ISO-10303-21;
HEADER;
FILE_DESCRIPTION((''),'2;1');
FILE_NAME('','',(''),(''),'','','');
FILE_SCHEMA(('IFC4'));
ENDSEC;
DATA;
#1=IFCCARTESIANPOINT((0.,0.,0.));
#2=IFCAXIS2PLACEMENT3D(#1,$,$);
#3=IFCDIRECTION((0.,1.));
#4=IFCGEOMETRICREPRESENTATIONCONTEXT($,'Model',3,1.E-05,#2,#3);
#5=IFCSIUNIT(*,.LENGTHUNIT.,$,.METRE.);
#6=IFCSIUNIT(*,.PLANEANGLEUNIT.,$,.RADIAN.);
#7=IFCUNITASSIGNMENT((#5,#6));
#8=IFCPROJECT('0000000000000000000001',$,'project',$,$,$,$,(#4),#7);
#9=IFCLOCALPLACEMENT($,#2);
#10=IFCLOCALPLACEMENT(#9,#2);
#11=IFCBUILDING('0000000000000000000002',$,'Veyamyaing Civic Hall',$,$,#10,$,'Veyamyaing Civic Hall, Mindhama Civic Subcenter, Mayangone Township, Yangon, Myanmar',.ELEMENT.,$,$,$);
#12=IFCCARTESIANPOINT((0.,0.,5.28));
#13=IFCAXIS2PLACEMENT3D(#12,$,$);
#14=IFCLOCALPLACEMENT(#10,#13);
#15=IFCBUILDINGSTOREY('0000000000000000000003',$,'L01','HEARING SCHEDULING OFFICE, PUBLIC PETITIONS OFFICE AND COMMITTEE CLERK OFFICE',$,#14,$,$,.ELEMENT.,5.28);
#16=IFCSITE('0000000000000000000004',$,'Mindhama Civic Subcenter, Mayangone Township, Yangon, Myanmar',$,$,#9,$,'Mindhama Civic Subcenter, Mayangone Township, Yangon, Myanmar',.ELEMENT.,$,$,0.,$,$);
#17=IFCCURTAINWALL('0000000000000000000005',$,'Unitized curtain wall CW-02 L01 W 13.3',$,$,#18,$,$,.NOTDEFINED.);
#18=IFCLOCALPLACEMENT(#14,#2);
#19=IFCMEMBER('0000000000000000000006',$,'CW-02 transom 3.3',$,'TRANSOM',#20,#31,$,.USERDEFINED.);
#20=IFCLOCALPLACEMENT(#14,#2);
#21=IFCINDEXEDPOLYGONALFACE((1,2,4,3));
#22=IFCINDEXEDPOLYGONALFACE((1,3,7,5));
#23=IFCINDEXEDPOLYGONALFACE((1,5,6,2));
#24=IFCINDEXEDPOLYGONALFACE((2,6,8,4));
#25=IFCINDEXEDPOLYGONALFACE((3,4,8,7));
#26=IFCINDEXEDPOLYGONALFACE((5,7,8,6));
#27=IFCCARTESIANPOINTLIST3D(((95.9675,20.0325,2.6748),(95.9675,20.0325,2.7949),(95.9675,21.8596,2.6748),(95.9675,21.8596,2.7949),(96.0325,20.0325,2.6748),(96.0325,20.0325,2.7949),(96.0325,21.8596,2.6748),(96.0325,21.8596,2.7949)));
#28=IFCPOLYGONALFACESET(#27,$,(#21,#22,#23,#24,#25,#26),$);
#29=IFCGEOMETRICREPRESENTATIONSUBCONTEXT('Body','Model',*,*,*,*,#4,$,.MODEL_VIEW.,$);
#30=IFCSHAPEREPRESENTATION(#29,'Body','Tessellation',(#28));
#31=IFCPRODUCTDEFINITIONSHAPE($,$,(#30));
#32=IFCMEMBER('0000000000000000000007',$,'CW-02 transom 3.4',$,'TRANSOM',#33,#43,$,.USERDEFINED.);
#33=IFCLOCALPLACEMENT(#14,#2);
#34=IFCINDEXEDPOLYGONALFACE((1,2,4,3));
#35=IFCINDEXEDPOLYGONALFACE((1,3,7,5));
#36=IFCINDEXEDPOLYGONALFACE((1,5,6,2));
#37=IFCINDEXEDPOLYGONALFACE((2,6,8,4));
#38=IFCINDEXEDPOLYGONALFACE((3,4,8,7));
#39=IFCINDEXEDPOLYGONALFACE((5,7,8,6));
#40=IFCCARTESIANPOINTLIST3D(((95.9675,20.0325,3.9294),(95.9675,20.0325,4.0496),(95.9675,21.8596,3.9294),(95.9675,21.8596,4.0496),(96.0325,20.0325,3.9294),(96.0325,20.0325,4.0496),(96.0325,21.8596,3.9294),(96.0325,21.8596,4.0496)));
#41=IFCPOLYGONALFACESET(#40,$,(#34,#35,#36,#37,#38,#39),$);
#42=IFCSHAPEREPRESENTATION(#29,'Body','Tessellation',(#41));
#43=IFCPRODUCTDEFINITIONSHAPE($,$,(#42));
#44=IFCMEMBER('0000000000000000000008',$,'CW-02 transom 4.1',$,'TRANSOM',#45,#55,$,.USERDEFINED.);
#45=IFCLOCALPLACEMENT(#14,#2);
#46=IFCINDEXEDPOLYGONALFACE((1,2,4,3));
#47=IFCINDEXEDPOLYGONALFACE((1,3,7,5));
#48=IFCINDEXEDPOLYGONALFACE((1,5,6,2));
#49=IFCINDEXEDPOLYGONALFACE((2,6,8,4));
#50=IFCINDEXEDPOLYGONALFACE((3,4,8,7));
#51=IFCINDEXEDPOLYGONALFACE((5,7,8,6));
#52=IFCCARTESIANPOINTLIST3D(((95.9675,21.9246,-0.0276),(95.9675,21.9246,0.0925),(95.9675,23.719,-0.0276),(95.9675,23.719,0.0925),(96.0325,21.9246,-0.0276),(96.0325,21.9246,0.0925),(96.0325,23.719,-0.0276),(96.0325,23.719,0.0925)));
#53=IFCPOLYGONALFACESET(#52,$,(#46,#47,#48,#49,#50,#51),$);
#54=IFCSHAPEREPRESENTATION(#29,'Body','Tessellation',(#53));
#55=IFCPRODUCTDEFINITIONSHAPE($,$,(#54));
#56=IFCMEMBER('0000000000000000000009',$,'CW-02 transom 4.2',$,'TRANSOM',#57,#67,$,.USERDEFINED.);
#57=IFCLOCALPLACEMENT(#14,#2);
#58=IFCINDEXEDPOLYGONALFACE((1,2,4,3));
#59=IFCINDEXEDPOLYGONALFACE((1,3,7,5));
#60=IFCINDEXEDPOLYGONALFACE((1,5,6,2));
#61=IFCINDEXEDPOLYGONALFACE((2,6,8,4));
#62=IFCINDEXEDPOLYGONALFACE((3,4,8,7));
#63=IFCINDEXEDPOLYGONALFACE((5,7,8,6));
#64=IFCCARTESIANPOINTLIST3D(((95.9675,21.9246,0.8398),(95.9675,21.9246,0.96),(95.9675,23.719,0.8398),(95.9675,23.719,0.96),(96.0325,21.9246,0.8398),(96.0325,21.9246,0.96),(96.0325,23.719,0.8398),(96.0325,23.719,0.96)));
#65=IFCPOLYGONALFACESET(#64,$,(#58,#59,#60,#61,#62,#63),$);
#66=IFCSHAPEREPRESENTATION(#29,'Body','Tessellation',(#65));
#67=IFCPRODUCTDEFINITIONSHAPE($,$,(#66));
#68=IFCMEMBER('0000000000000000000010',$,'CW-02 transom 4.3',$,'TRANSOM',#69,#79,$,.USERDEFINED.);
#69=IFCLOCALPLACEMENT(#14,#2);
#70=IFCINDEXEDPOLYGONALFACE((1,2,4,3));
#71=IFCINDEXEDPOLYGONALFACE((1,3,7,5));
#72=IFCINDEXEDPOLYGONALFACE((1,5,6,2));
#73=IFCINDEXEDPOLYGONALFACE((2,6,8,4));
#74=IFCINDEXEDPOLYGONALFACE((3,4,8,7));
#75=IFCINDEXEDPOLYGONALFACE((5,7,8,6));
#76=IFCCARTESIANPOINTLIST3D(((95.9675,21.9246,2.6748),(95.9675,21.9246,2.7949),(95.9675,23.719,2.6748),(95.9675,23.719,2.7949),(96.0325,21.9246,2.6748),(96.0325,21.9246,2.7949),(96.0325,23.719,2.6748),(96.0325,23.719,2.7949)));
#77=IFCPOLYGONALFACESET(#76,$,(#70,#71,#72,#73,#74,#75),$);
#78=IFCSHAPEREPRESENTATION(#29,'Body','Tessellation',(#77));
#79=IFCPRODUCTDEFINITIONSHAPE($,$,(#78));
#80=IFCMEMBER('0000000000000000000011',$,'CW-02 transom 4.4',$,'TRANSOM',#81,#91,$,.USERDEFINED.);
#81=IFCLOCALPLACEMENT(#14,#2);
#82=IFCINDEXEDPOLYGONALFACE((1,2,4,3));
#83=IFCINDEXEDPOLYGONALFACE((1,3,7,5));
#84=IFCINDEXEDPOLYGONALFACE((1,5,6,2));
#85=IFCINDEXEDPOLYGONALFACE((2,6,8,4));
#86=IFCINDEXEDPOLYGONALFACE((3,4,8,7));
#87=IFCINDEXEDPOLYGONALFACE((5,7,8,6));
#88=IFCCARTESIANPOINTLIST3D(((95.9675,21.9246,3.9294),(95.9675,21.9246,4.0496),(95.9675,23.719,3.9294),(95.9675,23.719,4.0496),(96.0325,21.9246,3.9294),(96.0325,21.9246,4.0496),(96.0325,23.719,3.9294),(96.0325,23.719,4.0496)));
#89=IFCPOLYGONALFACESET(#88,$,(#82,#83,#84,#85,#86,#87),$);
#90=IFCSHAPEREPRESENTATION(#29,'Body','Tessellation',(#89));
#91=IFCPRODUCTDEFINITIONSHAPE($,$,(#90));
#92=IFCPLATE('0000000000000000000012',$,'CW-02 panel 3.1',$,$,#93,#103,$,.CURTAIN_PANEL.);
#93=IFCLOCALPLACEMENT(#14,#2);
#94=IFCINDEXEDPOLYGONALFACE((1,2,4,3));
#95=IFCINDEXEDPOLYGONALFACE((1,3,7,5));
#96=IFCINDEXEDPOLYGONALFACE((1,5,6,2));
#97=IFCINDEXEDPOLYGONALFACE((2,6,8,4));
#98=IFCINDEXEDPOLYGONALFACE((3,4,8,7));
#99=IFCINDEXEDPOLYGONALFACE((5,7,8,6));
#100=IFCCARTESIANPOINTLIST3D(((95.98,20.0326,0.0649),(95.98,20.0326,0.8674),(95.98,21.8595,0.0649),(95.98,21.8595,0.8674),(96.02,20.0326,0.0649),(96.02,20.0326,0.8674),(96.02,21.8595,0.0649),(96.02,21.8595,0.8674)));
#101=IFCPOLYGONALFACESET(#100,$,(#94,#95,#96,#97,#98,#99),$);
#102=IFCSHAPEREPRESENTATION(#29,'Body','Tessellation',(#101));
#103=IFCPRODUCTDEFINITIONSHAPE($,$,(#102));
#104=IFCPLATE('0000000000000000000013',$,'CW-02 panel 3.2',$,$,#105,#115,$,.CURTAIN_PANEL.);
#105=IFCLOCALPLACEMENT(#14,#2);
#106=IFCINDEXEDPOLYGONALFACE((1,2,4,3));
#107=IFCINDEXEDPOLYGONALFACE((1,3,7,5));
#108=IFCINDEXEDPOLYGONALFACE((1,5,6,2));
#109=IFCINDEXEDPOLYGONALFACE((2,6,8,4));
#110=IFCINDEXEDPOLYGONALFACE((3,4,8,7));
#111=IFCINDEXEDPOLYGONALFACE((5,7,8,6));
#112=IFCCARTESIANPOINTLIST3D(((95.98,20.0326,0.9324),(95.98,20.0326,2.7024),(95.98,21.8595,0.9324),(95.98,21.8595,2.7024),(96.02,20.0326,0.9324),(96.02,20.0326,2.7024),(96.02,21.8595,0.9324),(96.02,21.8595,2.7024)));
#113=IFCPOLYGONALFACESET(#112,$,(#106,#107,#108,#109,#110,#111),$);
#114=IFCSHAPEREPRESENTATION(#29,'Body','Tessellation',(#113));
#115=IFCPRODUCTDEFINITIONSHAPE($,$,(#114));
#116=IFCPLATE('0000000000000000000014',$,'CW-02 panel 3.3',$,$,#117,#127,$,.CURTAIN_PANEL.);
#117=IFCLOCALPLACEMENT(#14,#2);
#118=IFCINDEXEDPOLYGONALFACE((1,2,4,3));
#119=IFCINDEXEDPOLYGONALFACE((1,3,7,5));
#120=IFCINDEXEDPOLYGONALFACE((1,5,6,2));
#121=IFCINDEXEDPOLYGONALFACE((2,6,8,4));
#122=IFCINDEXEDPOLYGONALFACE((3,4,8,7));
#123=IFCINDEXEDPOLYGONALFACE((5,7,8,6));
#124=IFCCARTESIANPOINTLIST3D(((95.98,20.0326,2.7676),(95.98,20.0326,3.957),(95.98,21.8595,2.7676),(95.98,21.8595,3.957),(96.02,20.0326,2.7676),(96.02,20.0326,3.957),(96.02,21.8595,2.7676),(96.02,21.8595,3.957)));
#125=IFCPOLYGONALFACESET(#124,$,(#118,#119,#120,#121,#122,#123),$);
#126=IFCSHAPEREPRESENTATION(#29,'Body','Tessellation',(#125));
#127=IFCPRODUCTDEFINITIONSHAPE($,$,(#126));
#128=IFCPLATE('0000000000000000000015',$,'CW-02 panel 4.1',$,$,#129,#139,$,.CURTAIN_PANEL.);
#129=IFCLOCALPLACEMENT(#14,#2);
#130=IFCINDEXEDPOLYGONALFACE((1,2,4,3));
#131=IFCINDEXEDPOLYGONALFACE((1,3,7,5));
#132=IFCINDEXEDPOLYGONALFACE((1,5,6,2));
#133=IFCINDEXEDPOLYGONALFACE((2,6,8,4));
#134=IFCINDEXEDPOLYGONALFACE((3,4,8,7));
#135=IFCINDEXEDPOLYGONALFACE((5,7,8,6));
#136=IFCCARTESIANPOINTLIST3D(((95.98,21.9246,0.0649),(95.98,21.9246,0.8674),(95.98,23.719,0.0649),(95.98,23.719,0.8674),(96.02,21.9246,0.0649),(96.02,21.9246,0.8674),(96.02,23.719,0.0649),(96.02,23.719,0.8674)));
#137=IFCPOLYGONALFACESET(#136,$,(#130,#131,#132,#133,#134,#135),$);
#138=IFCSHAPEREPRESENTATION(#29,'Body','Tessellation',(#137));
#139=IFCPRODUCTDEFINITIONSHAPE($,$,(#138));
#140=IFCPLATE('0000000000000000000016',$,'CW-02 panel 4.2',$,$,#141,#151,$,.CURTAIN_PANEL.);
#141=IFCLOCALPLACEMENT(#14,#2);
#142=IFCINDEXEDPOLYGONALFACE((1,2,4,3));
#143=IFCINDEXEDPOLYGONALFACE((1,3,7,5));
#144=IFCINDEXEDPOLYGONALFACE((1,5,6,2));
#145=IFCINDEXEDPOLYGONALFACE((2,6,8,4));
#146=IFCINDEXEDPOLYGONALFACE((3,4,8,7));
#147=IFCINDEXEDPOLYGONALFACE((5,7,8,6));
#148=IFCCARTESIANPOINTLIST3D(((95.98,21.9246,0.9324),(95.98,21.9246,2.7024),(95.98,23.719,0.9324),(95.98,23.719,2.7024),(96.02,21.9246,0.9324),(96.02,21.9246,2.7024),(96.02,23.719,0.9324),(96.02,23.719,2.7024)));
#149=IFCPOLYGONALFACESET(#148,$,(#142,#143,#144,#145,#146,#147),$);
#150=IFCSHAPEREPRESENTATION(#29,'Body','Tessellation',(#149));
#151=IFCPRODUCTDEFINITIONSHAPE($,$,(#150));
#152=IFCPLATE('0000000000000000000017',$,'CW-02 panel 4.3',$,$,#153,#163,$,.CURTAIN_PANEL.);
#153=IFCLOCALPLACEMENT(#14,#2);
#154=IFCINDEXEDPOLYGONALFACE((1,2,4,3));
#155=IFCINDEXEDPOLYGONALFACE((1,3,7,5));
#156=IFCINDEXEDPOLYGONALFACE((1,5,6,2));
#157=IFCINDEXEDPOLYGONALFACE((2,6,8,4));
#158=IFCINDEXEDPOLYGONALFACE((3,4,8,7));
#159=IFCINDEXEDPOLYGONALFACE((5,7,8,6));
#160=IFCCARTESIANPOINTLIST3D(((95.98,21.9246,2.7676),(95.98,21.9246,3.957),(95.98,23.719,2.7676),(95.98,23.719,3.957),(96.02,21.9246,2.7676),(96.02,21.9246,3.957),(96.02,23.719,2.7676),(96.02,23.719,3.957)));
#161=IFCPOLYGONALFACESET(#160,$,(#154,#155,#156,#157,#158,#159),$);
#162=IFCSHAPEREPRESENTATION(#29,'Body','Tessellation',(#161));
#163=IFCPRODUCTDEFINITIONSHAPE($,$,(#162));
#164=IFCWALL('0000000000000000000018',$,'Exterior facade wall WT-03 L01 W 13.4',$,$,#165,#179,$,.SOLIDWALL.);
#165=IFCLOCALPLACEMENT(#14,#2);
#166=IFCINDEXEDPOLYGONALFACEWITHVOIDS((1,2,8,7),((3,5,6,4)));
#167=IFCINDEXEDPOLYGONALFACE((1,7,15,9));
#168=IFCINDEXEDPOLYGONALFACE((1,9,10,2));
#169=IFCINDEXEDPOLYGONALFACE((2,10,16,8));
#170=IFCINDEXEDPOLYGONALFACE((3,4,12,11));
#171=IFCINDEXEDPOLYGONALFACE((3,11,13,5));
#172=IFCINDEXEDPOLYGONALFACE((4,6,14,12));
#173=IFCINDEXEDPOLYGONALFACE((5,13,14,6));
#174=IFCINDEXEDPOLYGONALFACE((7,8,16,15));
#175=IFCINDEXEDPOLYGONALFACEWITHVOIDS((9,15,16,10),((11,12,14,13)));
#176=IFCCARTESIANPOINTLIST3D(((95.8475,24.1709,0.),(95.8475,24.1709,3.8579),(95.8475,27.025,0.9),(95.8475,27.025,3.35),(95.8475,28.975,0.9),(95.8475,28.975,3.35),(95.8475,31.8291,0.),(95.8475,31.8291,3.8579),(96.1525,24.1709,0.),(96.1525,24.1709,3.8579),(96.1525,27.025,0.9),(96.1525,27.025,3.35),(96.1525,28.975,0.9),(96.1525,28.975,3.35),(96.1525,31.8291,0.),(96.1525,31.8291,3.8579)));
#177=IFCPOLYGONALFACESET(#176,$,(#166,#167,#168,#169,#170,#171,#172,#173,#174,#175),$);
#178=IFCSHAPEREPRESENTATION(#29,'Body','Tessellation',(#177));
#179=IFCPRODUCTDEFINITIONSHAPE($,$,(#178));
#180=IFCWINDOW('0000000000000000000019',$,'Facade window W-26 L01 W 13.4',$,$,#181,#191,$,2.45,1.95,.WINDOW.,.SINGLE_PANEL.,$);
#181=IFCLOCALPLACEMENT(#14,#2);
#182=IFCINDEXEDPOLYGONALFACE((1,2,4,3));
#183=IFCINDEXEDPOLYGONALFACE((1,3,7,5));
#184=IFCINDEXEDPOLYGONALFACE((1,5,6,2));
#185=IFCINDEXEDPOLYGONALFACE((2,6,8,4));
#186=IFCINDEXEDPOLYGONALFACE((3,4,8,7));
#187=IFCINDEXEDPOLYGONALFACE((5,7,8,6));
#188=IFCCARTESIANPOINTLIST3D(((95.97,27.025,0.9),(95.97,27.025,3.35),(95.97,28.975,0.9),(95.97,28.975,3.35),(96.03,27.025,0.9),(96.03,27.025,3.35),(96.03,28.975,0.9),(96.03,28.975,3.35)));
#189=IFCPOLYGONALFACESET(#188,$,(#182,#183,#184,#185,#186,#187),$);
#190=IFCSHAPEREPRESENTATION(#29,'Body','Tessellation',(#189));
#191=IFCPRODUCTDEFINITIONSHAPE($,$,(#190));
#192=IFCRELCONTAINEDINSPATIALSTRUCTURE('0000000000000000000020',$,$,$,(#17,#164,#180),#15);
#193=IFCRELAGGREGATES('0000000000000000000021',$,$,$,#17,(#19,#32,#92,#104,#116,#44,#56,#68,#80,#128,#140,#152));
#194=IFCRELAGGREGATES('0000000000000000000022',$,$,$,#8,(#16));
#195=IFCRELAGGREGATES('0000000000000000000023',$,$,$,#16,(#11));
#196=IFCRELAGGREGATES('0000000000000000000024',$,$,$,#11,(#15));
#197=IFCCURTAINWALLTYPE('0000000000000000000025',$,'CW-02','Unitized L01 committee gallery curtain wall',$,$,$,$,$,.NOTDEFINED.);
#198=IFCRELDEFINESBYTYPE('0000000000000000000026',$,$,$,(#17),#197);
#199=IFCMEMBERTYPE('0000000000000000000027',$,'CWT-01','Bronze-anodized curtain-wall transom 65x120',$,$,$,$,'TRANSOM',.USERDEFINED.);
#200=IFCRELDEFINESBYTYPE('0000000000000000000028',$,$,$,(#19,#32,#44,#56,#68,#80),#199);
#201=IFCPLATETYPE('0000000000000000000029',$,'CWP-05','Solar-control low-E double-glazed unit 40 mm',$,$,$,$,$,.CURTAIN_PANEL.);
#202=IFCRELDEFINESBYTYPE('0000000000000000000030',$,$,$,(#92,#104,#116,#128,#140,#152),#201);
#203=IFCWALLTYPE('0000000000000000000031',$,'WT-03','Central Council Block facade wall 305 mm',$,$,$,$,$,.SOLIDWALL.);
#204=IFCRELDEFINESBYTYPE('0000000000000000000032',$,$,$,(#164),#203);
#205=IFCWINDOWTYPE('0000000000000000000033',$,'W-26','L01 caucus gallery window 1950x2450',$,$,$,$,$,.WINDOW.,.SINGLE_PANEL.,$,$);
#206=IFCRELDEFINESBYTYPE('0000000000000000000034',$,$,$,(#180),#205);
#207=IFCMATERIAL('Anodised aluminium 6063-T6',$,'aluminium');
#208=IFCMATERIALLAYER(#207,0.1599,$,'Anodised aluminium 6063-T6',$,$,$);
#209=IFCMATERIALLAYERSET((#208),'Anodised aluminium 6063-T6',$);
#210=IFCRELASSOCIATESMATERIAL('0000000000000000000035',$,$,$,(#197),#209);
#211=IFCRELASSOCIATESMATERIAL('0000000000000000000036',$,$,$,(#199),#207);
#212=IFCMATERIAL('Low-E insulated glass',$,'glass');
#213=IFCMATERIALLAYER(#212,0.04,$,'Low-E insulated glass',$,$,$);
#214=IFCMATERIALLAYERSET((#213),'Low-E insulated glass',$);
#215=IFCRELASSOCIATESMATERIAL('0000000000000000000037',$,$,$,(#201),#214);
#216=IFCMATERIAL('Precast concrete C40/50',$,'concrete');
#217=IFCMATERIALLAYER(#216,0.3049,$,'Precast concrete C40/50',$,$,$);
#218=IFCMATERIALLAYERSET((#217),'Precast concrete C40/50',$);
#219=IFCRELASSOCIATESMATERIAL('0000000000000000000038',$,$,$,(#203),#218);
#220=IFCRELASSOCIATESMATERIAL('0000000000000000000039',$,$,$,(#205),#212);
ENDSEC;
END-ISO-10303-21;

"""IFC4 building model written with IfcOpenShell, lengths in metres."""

from ifc_helpers import new_model, si_unit, direction, frame, frame_2d, origin, origin_2d, place, context, subcontext, project, spatial, rectangle, extrude, material, layer, layer_set, material_profile, profile_set, type_object, element, fill, aggregate, save


model = new_model("IFC4")

# Units and contexts
model_context = context("Model", 3, precision=1e-05, world=origin(), true_north=direction((0.0, 1.0)))
body_context = subcontext(model_context, "Body", "Model", "MODEL_VIEW")
ifc_project = project(units=[si_unit("LENGTHUNIT", "METRE"), si_unit("PLANEANGLEUNIT", "RADIAN")], contexts=[model_context])

# Site, building, storey
site_placement = place(None, origin())
site = spatial("IfcSite", under=ifc_project, at=site_placement, Name="Mindhama Civic Subcenter, Mayangone Township, Yangon, Myanmar", LongName="Mindhama Civic Subcenter, Mayangone Township, Yangon, Myanmar", CompositionType="ELEMENT", RefElevation=0.0)
building_placement = place(site_placement, origin())
building = spatial("IfcBuilding", under=site, at=building_placement, Name="Veyamyaing Civic Hall", LongName="Veyamyaing Civic Hall, Mindhama Civic Subcenter, Mayangone Township, Yangon, Myanmar", CompositionType="ELEMENT")
storey_placement = place(building_placement, frame((0.0, 0.0, 5.28)))
storey = spatial("IfcBuildingStorey", under=building, at=storey_placement, Name="L01", Description="HEARING SCHEDULING OFFICE, PUBLIC PETITIONS OFFICE AND COMMITTEE CLERK OFFICE", CompositionType="ELEMENT", Elevation=5.28)

# Curtain wall, members, plates
ifc_material_1 = material(Name="Anodised aluminium 6063-T6", Category="aluminium")
ifc_layer_1 = layer(ifc_material_1, 0.1599, Name="Anodised aluminium 6063-T6")
ifc_layer_set_1 = layer_set([ifc_layer_1], Name="Anodised aluminium 6063-T6")
curtain_wall_type = type_object("IfcCurtainWallType", Name="CW-02", Description="Unitized L01 committee gallery curtain wall", PredefinedType="NOTDEFINED", material=ifc_layer_set_1)
curtain_wall_placement = place(storey_placement, origin())
curtain_wall = element("IfcCurtainWall", 1, at=curtain_wall_placement, inside=storey, type_object=curtain_wall_type, Name="Unitized curtain wall CW-02 L01 W 13.3", PredefinedType="NOTDEFINED")
ifc_material_profile_1 = material_profile(ifc_material_1, rectangle(XDim=0.0649, YDim=0.1201, at=origin_2d()), Name="ALU-TRN-65X120")
ifc_profile_set_1 = profile_set([ifc_material_profile_1], Name="Anodised aluminium 6063-T6")
member_type_1 = type_object("IfcMemberType", Name="CWT-01", Description="Bronze-anodized curtain-wall transom 65x120", ElementType="TRANSOM", PredefinedType="USERDEFINED", material=ifc_profile_set_1)
member_1_placement = place(storey_placement, frame((96.0, 20.0325, 2.7349), z_axis=(0.0, 1.0, 0.0), x_axis=(-1.0, 0.0, 0.0)))
member_1 = element("IfcMember", 2, at=member_1_placement, type_object=member_type_1, Name="CW-02 transom 3.3", ObjectType="TRANSOM", PredefinedType="USERDEFINED", context=body_context, shape_type="SweptSolid", body=[
    extrude(rectangle(XDim=0.0649, YDim=0.1201, at=origin_2d()), origin(), (0.0, 0.0, 1.0), 1.8271),
])
member_2_placement = place(storey_placement, frame((96.0, 20.0325, 3.9895), z_axis=(0.0, 1.0, 0.0), x_axis=(-1.0, 0.0, 0.0)))
member_2 = element("IfcMember", 3, at=member_2_placement, type_object=member_type_1, Name="CW-02 transom 3.4", ObjectType="TRANSOM", PredefinedType="USERDEFINED", context=body_context, shape_type="SweptSolid", body=[
    extrude(rectangle(XDim=0.0649, YDim=0.1201, at=origin_2d()), origin(), (0.0, 0.0, 1.0), 1.8271),
])
member_3_placement = place(storey_placement, frame((96.0, 21.9246, 0.0325), z_axis=(0.0, 1.0, 0.0), x_axis=(-1.0, 0.0, 0.0)))
member_3 = element("IfcMember", 4, at=member_3_placement, type_object=member_type_1, Name="CW-02 transom 4.1", ObjectType="TRANSOM", PredefinedType="USERDEFINED", context=body_context, shape_type="SweptSolid", body=[
    extrude(rectangle(XDim=0.0649, YDim=0.1201, at=origin_2d()), origin(), (0.0, 0.0, 1.0), 1.7944),
])
member_4_placement = place(storey_placement, frame((96.0, 21.9246, 0.8999), z_axis=(0.0, 1.0, 0.0), x_axis=(-1.0, 0.0, 0.0)))
member_4 = element("IfcMember", 5, at=member_4_placement, type_object=member_type_1, Name="CW-02 transom 4.2", ObjectType="TRANSOM", PredefinedType="USERDEFINED", context=body_context, shape_type="SweptSolid", body=[
    extrude(rectangle(XDim=0.0649, YDim=0.1201, at=origin_2d()), origin(), (0.0, 0.0, 1.0), 1.7944),
])
member_5_placement = place(storey_placement, frame((96.0, 21.9246, 2.7349), z_axis=(0.0, 1.0, 0.0), x_axis=(-1.0, 0.0, 0.0)))
member_5 = element("IfcMember", 6, at=member_5_placement, type_object=member_type_1, Name="CW-02 transom 4.3", ObjectType="TRANSOM", PredefinedType="USERDEFINED", context=body_context, shape_type="SweptSolid", body=[
    extrude(rectangle(XDim=0.0649, YDim=0.1201, at=origin_2d()), origin(), (0.0, 0.0, 1.0), 1.7944),
])
member_6_placement = place(storey_placement, frame((96.0, 21.9246, 3.9895), z_axis=(0.0, 1.0, 0.0), x_axis=(-1.0, 0.0, 0.0)))
member_6 = element("IfcMember", 7, at=member_6_placement, type_object=member_type_1, Name="CW-02 transom 4.4", ObjectType="TRANSOM", PredefinedType="USERDEFINED", context=body_context, shape_type="SweptSolid", body=[
    extrude(rectangle(XDim=0.0649, YDim=0.1201, at=origin_2d()), origin(), (0.0, 0.0, 1.0), 1.7944),
])
ifc_material_2 = material(Name="Low-E insulated glass", Category="glass")
ifc_layer_2 = layer(ifc_material_2, 0.04, Name="Low-E insulated glass")
ifc_layer_set_2 = layer_set([ifc_layer_2], Name="Low-E insulated glass")
plate_type = type_object("IfcPlateType", Name="CWP-05", Description="Solar-control low-E double-glazed unit 40 mm", PredefinedType="CURTAIN_PANEL", material=ifc_layer_set_2)
plate_1_placement = place(storey_placement, frame((96.0, 20.946, 0.0649), z_axis=(0.0, 0.0, 1.0), x_axis=(0.0, 1.0, 0.0)))
plate_1 = element("IfcPlate", 8, at=plate_1_placement, type_object=plate_type, Name="CW-02 panel 3.1", PredefinedType="CURTAIN_PANEL", context=body_context, shape_type="SweptSolid", body=[
    extrude(rectangle(XDim=1.8269, YDim=0.04, at=origin_2d()), origin(), (0.0, 0.0, 1.0), 0.8025),
])
plate_2_placement = place(storey_placement, frame((96.0, 20.946, 0.9324), z_axis=(0.0, 0.0, 1.0), x_axis=(0.0, 1.0, 0.0)))
plate_2 = element("IfcPlate", 9, at=plate_2_placement, type_object=plate_type, Name="CW-02 panel 3.2", PredefinedType="CURTAIN_PANEL", context=body_context, shape_type="SweptSolid", body=[
    extrude(rectangle(XDim=1.8269, YDim=0.04, at=origin_2d()), origin(), (0.0, 0.0, 1.0), 1.77),
])
plate_3_placement = place(storey_placement, frame((96.0, 20.946, 2.7676), z_axis=(0.0, 0.0, 1.0), x_axis=(0.0, 1.0, 0.0)))
plate_3 = element("IfcPlate", 10, at=plate_3_placement, type_object=plate_type, Name="CW-02 panel 3.3", PredefinedType="CURTAIN_PANEL", context=body_context, shape_type="SweptSolid", body=[
    extrude(rectangle(XDim=1.8269, YDim=0.04, at=origin_2d()), origin(), (0.0, 0.0, 1.0), 1.1895),
])
plate_4_placement = place(storey_placement, frame((96.0, 22.8218, 0.0649), z_axis=(0.0, 0.0, 1.0), x_axis=(0.0, 1.0, 0.0)))
plate_4 = element("IfcPlate", 11, at=plate_4_placement, type_object=plate_type, Name="CW-02 panel 4.1", PredefinedType="CURTAIN_PANEL", context=body_context, shape_type="SweptSolid", body=[
    extrude(rectangle(XDim=1.7944, YDim=0.04, at=origin_2d()), origin(), (0.0, 0.0, 1.0), 0.8025),
])
plate_5_placement = place(storey_placement, frame((96.0, 22.8218, 0.9324), z_axis=(0.0, 0.0, 1.0), x_axis=(0.0, 1.0, 0.0)))
plate_5 = element("IfcPlate", 12, at=plate_5_placement, type_object=plate_type, Name="CW-02 panel 4.2", PredefinedType="CURTAIN_PANEL", context=body_context, shape_type="SweptSolid", body=[
    extrude(rectangle(XDim=1.7944, YDim=0.04, at=origin_2d()), origin(), (0.0, 0.0, 1.0), 1.77),
])
plate_6_placement = place(storey_placement, frame((96.0, 22.8218, 2.7676), z_axis=(0.0, 0.0, 1.0), x_axis=(0.0, 1.0, 0.0)))
plate_6 = element("IfcPlate", 13, at=plate_6_placement, type_object=plate_type, Name="CW-02 panel 4.3", PredefinedType="CURTAIN_PANEL", context=body_context, shape_type="SweptSolid", body=[
    extrude(rectangle(XDim=1.7944, YDim=0.04, at=origin_2d()), origin(), (0.0, 0.0, 1.0), 1.1895),
])
aggregate(curtain_wall, [member_1, member_2, plate_1, plate_2, plate_3, member_3, member_4, member_5, member_6, plate_4, plate_5, plate_6])

# Wall, opening, window
ifc_material_3 = material(Name="Precast concrete C40/50", Category="concrete")
ifc_layer_3 = layer(ifc_material_3, 0.3049, Name="Precast concrete C40/50")
ifc_layer_set_3 = layer_set([ifc_layer_3], Name="Precast concrete C40/50")
wall_type = type_object("IfcWallType", Name="WT-03", Description="Central Council Block facade wall 305 mm", PredefinedType="SOLIDWALL", material=ifc_layer_set_3)
wall_placement = place(storey_placement, frame((96.0, 24.1709, 0.0), z_axis=(0.0, 0.0, 1.0), x_axis=(0.0, 1.0, 0.0)))
wall = element("IfcWall", 14, at=wall_placement, inside=storey, type_object=wall_type, Name="Exterior facade wall WT-03 L01 W 13.4", PredefinedType="SOLIDWALL", context=body_context, shape_type="SweptSolid", body=[
    extrude(rectangle(XDim=7.6582, YDim=0.3049, at=frame_2d((3.8291, 0.0))), origin(), (0.0, 0.0, 1.0), 3.8579),
])
opening_placement = place(wall_placement, frame((2.854, 0.0, 0.8999)))
opening = element("IfcOpeningElement", 15, at=opening_placement, cuts=wall, PredefinedType="OPENING", context=body_context, shape_type="SweptSolid", body=[
    extrude(rectangle(XDim=1.95, YDim=2.45, at=frame_2d((0.9751, 1.2251))), frame((0.0, 0.1624, 0.0), z_axis=(0.0, -1.0, 0.0), x_axis=(1.0, 0.0, 0.0)), (0.0, 0.0, 1.0), 0.325),
])
window_type = type_object("IfcWindowType", Name="W-26", Description="L01 caucus gallery window 1950x2450", PartitioningType="SINGLE_PANEL", PredefinedType="WINDOW", material=ifc_material_2)
window_placement = place(opening_placement, origin())
window = element("IfcWindow", 16, at=window_placement, inside=storey, type_object=window_type, Name="Facade window W-26 L01 W 13.4", OverallHeight=2.45, OverallWidth=1.95, PartitioningType="SINGLE_PANEL", PredefinedType="WINDOW", context=body_context, shape_type="SweptSolid", body=[
    extrude(rectangle(XDim=1.95, YDim=2.45, at=frame_2d((0.9751, 1.2251))), frame((0.0, 0.03, 0.0), z_axis=(0.0, -1.0, 0.0), x_axis=(1.0, 0.0, 0.0)), (0.0, 0.0, 1.0), 0.0601),
])
fill(opening, window)

save(model, "model.ifc")
